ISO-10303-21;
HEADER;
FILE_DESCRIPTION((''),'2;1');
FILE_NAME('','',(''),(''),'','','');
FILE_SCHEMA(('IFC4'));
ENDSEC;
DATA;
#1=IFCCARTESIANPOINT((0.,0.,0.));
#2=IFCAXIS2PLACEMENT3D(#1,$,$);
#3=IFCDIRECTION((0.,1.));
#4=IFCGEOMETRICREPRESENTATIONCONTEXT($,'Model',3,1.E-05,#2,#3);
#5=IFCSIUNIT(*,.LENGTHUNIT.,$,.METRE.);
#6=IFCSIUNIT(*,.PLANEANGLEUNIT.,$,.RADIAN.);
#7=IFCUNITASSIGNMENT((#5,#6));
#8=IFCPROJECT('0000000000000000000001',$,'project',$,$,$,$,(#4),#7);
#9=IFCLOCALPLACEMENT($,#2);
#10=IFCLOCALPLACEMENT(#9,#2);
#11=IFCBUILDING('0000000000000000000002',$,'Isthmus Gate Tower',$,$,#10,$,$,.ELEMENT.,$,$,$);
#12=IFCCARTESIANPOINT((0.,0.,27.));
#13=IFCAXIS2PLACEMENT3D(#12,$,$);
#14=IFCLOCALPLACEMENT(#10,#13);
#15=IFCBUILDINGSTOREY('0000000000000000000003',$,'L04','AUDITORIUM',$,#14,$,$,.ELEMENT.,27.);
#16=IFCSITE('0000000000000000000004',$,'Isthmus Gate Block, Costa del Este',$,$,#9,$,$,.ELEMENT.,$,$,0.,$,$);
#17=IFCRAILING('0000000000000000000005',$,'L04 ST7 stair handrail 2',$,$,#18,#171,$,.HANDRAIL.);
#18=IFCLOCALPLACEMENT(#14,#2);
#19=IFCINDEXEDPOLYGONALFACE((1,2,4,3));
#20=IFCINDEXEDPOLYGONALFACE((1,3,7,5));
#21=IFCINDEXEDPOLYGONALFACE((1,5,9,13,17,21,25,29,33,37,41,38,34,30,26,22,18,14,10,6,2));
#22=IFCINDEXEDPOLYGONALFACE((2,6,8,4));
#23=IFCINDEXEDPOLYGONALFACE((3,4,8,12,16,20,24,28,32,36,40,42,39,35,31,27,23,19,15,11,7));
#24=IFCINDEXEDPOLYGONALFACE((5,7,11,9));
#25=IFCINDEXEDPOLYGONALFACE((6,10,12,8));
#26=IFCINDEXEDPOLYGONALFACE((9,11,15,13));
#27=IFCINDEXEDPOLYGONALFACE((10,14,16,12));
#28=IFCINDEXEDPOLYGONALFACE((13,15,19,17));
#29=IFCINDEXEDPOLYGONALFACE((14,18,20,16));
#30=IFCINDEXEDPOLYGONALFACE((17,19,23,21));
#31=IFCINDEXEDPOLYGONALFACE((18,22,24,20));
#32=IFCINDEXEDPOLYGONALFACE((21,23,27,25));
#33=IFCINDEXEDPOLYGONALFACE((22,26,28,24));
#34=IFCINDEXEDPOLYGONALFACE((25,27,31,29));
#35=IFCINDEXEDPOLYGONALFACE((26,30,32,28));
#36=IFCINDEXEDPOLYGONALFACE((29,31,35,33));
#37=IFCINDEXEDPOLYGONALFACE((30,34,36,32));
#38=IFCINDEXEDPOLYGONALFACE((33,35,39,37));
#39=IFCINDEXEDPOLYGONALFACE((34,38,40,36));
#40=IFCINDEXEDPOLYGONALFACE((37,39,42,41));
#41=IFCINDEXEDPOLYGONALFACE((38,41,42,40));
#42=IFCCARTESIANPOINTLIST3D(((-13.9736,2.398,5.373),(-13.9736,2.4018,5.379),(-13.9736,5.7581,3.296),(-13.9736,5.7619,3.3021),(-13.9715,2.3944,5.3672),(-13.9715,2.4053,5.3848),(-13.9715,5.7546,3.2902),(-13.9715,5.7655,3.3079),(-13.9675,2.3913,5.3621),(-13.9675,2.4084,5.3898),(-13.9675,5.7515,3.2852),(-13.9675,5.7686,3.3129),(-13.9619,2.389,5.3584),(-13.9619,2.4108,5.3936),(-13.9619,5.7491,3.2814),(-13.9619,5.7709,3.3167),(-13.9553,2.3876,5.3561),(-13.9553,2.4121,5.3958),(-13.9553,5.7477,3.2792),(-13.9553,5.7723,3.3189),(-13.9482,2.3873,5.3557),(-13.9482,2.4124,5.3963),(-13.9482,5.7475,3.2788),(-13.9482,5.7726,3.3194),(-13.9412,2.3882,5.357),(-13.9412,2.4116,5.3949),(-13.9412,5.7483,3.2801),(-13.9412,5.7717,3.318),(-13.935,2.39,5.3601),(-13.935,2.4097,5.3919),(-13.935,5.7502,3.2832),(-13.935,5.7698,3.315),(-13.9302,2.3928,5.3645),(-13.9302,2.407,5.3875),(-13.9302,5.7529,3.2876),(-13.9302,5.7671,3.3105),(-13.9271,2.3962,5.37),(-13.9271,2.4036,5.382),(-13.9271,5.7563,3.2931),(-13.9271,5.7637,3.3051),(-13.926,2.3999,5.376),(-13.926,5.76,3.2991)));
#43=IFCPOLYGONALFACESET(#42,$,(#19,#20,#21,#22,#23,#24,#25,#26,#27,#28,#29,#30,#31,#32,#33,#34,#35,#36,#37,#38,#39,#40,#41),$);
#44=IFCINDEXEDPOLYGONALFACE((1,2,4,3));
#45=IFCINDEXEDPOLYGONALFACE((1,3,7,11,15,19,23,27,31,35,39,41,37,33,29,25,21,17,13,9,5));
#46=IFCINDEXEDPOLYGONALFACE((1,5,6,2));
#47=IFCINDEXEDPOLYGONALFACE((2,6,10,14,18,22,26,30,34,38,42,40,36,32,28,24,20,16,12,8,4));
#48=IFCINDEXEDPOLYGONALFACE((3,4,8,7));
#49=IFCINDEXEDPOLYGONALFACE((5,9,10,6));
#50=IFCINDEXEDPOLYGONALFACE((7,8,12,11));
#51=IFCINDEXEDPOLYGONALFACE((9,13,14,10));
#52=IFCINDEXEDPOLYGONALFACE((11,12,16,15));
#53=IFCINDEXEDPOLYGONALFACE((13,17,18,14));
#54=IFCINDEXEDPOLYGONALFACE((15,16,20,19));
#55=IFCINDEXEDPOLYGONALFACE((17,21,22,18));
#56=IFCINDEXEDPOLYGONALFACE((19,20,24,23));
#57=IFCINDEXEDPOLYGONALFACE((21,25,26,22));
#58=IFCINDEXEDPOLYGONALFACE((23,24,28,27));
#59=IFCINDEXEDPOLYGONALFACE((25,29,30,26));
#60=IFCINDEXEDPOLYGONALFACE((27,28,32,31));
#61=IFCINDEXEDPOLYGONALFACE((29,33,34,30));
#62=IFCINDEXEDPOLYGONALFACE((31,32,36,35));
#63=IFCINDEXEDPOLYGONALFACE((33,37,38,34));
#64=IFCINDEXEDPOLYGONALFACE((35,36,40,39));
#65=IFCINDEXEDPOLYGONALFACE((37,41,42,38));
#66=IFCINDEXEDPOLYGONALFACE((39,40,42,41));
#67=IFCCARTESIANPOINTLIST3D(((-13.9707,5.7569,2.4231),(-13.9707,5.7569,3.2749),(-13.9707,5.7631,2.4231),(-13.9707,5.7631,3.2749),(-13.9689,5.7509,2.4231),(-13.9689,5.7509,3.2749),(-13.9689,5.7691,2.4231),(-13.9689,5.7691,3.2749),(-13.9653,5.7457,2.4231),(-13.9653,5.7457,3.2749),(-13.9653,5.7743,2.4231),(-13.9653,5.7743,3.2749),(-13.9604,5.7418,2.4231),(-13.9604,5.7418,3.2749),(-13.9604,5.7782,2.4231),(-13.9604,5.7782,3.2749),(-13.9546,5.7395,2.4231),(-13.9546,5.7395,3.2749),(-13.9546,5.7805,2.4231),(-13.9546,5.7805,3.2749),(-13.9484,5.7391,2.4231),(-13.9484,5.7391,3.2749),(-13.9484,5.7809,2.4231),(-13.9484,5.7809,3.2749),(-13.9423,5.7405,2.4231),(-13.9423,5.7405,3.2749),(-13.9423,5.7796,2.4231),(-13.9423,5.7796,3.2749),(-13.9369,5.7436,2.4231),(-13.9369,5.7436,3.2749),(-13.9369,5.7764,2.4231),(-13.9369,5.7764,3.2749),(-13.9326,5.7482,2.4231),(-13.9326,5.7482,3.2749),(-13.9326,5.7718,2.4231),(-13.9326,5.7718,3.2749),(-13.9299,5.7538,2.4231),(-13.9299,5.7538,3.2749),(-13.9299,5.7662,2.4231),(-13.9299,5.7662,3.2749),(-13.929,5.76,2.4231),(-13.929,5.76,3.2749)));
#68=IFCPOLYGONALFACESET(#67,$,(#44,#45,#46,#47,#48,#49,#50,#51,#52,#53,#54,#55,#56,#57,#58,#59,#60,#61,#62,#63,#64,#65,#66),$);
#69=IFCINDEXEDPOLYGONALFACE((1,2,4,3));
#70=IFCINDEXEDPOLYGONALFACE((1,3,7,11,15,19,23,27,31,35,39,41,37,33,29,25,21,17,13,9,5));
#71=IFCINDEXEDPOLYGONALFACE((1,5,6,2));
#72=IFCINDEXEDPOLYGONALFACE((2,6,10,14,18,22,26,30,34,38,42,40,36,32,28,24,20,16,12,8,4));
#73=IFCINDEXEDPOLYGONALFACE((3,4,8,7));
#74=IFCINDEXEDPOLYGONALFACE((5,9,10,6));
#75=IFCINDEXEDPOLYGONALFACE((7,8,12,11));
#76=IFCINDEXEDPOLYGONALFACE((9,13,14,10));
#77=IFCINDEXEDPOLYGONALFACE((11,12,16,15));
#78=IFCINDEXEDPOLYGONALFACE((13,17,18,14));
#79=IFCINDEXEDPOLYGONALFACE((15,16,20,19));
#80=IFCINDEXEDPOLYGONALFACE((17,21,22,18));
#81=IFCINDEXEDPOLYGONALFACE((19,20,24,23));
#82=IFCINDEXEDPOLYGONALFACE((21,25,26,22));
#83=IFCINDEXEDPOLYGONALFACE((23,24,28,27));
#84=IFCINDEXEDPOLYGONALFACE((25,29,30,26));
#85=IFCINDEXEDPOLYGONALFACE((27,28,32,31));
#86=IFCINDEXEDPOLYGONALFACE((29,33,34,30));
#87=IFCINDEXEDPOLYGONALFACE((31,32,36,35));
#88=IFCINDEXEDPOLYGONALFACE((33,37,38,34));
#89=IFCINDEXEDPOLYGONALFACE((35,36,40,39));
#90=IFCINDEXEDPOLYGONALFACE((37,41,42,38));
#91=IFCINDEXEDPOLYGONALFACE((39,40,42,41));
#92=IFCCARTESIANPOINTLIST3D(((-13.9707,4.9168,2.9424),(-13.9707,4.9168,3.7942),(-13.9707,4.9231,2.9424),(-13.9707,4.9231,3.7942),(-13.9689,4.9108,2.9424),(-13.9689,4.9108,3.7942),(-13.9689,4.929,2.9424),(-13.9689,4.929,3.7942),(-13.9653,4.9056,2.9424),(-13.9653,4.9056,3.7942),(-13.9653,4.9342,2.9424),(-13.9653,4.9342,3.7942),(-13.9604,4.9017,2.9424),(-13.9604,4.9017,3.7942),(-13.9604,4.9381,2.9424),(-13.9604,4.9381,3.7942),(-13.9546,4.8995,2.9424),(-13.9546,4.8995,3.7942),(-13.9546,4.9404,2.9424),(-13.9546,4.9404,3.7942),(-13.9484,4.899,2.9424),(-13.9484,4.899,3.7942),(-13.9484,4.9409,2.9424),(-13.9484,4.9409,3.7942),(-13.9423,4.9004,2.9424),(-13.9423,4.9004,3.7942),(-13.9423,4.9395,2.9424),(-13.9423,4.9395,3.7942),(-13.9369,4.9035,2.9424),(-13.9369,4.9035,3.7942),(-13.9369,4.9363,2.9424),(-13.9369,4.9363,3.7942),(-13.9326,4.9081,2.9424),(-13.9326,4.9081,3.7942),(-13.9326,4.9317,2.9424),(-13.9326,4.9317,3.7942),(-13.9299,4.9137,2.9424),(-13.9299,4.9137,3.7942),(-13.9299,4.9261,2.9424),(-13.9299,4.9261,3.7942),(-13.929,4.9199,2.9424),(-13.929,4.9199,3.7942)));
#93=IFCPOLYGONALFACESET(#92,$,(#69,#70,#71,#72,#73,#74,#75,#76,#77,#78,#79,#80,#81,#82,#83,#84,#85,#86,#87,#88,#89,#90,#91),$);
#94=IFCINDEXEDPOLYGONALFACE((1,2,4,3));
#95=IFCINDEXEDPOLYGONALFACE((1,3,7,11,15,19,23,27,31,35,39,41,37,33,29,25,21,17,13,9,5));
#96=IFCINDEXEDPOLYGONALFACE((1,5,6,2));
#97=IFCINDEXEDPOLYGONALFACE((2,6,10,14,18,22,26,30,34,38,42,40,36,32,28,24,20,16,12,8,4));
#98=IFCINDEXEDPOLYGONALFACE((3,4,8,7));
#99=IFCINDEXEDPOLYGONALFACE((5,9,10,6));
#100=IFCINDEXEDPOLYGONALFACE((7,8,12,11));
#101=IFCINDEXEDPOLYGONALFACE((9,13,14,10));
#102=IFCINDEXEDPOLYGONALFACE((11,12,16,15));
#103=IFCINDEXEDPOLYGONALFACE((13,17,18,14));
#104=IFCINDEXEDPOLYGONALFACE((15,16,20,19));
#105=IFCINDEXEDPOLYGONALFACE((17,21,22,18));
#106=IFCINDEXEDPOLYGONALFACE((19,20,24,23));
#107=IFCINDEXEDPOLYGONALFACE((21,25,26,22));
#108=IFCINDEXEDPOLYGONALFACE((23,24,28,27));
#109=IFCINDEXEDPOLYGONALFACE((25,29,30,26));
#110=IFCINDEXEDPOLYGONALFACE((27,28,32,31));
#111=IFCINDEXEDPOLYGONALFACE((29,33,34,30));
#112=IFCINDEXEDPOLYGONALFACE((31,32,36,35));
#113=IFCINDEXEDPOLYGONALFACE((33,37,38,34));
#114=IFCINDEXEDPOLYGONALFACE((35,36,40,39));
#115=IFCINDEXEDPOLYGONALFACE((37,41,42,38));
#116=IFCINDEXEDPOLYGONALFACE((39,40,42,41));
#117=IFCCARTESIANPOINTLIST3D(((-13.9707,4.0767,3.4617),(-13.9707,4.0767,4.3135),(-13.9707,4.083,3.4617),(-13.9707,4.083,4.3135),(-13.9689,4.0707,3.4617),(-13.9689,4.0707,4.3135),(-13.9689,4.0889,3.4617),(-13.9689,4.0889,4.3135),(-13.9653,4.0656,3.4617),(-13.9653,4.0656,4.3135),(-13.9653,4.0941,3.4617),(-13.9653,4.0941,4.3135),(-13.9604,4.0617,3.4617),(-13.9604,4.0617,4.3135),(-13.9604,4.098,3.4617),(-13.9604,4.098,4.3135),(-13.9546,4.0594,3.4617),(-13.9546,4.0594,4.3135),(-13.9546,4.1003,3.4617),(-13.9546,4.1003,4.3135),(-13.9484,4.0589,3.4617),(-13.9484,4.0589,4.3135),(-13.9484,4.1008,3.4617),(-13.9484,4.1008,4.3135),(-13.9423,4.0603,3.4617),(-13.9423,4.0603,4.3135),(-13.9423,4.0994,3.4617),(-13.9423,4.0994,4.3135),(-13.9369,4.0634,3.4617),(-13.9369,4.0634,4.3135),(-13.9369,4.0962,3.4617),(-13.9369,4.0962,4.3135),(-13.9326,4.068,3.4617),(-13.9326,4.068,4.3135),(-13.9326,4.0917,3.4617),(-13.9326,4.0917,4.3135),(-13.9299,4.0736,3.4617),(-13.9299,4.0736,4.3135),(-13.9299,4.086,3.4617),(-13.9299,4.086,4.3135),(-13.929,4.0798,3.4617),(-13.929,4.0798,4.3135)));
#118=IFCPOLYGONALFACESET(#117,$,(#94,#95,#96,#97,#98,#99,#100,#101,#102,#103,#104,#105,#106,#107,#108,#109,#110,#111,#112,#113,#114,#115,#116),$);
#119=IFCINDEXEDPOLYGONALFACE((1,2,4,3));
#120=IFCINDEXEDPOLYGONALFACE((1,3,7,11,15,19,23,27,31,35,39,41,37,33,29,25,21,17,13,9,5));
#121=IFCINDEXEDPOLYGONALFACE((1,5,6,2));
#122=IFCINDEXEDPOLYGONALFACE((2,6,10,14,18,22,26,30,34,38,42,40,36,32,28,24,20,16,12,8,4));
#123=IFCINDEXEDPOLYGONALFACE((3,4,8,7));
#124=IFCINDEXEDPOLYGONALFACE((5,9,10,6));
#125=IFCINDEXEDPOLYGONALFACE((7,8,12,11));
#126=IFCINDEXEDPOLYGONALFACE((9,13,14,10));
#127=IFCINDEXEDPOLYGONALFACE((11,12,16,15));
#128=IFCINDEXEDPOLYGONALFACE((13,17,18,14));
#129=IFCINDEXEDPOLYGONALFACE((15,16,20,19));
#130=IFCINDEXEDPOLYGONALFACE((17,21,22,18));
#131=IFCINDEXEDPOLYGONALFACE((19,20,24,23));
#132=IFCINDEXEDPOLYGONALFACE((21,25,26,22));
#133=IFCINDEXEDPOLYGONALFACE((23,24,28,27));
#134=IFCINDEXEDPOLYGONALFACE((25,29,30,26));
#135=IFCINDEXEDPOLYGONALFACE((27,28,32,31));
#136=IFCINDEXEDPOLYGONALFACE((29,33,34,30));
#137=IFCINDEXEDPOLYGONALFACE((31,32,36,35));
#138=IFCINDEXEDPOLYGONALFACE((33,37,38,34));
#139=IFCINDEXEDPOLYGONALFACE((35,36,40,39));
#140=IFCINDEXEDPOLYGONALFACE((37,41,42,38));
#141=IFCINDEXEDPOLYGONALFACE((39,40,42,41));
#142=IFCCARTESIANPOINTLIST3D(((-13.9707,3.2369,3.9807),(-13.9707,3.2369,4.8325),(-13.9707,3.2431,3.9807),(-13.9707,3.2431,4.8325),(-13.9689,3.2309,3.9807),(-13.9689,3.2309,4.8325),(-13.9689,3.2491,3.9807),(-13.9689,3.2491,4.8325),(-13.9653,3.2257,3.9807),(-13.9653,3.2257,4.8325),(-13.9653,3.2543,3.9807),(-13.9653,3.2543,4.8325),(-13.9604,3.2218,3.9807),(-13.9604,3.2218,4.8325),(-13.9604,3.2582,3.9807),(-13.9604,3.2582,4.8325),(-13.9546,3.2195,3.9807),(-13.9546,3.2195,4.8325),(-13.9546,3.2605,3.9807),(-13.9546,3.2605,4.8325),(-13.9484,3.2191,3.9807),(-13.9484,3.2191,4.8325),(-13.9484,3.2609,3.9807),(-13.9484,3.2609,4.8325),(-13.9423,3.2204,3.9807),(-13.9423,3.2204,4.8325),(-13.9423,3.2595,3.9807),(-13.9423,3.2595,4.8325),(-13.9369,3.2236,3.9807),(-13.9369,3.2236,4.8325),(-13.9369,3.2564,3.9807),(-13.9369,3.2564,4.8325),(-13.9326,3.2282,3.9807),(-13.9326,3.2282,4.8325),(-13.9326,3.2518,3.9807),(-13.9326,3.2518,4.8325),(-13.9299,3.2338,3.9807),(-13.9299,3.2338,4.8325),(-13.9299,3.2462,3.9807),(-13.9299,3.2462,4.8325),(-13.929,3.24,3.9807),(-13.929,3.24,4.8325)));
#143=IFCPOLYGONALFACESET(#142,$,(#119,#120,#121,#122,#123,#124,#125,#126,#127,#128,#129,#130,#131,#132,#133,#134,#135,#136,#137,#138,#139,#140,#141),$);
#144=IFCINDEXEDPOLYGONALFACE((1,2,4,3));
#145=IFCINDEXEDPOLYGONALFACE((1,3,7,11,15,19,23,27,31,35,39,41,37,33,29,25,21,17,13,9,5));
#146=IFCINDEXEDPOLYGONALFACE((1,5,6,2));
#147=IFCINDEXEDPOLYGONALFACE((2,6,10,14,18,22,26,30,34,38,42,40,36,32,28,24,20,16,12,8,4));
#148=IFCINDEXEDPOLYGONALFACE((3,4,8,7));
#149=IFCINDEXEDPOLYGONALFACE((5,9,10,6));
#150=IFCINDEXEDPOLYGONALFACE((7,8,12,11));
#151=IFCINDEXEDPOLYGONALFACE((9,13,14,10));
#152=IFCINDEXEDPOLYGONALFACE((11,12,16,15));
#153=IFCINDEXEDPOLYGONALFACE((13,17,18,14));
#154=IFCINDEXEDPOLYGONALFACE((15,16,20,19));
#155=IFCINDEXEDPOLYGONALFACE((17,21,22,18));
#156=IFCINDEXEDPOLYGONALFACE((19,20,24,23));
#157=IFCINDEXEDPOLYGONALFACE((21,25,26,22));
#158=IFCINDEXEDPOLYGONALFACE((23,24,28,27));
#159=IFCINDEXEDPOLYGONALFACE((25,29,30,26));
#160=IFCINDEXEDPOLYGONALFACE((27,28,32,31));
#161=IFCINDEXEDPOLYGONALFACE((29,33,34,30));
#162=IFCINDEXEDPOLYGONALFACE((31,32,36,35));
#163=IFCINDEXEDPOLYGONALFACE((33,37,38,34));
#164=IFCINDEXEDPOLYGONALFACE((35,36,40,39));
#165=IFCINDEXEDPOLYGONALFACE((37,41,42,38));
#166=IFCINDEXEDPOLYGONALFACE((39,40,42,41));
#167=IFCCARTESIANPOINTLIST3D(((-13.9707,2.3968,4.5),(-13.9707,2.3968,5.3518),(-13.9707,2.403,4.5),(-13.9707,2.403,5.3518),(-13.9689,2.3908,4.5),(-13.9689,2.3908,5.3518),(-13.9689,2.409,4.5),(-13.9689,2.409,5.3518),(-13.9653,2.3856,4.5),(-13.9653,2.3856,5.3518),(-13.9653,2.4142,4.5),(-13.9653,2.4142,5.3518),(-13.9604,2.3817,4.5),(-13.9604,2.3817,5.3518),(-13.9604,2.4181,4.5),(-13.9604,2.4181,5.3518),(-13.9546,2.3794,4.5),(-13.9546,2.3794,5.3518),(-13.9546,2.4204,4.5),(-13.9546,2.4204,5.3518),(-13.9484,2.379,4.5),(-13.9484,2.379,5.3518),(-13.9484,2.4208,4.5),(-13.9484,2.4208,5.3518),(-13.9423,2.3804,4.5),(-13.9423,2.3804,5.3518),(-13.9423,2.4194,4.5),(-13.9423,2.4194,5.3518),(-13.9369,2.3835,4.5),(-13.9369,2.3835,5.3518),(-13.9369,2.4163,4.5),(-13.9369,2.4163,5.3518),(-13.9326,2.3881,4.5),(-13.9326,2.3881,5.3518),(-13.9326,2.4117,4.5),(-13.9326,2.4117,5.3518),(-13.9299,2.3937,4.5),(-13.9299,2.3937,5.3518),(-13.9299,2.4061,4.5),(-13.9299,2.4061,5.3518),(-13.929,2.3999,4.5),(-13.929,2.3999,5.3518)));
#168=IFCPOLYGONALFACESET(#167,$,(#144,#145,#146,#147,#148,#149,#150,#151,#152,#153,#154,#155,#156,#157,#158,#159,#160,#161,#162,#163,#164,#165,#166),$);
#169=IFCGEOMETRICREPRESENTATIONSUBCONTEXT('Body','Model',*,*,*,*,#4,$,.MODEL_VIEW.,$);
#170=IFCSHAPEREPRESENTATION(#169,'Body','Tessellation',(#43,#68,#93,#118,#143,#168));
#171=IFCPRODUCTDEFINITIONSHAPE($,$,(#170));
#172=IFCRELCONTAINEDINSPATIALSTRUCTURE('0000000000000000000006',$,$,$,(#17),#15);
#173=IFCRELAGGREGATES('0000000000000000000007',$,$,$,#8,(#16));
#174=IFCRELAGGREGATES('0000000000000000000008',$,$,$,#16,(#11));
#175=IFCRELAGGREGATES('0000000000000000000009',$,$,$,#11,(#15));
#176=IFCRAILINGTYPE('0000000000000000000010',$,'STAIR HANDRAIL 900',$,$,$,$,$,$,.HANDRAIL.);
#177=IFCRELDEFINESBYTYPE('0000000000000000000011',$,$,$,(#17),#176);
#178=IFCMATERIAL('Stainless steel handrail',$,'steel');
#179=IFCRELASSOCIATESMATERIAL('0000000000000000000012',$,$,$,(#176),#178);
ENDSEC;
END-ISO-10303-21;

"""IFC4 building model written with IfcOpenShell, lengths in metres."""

from ifc_helpers import new_model, si_unit, direction, frame, origin, origin_2d, place, context, subcontext, project, spatial, circle, extrude, material, type_object, element, save


model = new_model("IFC4")

# Units and contexts
model_context = context("Model", 3, precision=1e-05, world=origin(), true_north=direction((0.0, 1.0)))
body_context = subcontext(model_context, "Body", "Model", "MODEL_VIEW")
ifc_project = project(units=[si_unit("LENGTHUNIT", "METRE"), si_unit("PLANEANGLEUNIT", "RADIAN")], contexts=[model_context])

# Site, building, storey
site_placement = place(None, origin())
site = spatial("IfcSite", under=ifc_project, at=site_placement, Name="Isthmus Gate Block, Costa del Este", CompositionType="ELEMENT", RefElevation=0.0)
building_placement = place(site_placement, origin())
building = spatial("IfcBuilding", under=site, at=building_placement, Name="Isthmus Gate Tower", CompositionType="ELEMENT")
storey_placement = place(building_placement, frame((0.0, 0.0, 27.0)))
storey = spatial("IfcBuildingStorey", under=building, at=storey_placement, Name="L04", Description="AUDITORIUM", CompositionType="ELEMENT", Elevation=27.0)

# Railing
ifc_material_1 = material(Name="Stainless steel handrail", Category="steel")
railing_type_1 = type_object("IfcRailingType", Name="STAIR HANDRAIL 900", PredefinedType="HANDRAIL", material=ifc_material_1)
for number, where, name in (
    (1, (-13.95, 5.76, 2.4231), "L04 ST7 stair handrail 2"),
):
    element("IfcRailing", number, at=place(storey_placement, frame(where)), inside=storey, type_object=railing_type_1, Name=name, PredefinedType="HANDRAIL", context=body_context, shape_type="SweptSolid", body=[
        extrude(circle(Radius=0.0239, at=origin_2d()), frame((0.0, 0.0, 0.876), z_axis=(0.0, -0.850623, 0.525776), x_axis=(1.0, 0.0, 0.0)), (0.0, 0.0, 1.0), 3.9502),
        extrude(circle(Radius=0.021, at=origin_2d()), origin(), (0.0, 0.0, 1.0), 0.8518),
        extrude(circle(Radius=0.021, at=origin_2d()), frame((0.0, -0.8401, 0.5193)), (0.0, 0.0, 1.0), 0.8518),
        extrude(circle(Radius=0.021, at=origin_2d()), frame((0.0, -1.6802, 1.0386)), (0.0, 0.0, 1.0), 0.8518),
        extrude(circle(Radius=0.021, at=origin_2d()), frame((0.0, -2.52, 1.5576)), (0.0, 0.0, 1.0), 0.8518),
        extrude(circle(Radius=0.021, at=origin_2d()), frame((0.0, -3.3601, 2.0769)), (0.0, 0.0, 1.0), 0.8518),
    ])

save(model, "model.ifc")
